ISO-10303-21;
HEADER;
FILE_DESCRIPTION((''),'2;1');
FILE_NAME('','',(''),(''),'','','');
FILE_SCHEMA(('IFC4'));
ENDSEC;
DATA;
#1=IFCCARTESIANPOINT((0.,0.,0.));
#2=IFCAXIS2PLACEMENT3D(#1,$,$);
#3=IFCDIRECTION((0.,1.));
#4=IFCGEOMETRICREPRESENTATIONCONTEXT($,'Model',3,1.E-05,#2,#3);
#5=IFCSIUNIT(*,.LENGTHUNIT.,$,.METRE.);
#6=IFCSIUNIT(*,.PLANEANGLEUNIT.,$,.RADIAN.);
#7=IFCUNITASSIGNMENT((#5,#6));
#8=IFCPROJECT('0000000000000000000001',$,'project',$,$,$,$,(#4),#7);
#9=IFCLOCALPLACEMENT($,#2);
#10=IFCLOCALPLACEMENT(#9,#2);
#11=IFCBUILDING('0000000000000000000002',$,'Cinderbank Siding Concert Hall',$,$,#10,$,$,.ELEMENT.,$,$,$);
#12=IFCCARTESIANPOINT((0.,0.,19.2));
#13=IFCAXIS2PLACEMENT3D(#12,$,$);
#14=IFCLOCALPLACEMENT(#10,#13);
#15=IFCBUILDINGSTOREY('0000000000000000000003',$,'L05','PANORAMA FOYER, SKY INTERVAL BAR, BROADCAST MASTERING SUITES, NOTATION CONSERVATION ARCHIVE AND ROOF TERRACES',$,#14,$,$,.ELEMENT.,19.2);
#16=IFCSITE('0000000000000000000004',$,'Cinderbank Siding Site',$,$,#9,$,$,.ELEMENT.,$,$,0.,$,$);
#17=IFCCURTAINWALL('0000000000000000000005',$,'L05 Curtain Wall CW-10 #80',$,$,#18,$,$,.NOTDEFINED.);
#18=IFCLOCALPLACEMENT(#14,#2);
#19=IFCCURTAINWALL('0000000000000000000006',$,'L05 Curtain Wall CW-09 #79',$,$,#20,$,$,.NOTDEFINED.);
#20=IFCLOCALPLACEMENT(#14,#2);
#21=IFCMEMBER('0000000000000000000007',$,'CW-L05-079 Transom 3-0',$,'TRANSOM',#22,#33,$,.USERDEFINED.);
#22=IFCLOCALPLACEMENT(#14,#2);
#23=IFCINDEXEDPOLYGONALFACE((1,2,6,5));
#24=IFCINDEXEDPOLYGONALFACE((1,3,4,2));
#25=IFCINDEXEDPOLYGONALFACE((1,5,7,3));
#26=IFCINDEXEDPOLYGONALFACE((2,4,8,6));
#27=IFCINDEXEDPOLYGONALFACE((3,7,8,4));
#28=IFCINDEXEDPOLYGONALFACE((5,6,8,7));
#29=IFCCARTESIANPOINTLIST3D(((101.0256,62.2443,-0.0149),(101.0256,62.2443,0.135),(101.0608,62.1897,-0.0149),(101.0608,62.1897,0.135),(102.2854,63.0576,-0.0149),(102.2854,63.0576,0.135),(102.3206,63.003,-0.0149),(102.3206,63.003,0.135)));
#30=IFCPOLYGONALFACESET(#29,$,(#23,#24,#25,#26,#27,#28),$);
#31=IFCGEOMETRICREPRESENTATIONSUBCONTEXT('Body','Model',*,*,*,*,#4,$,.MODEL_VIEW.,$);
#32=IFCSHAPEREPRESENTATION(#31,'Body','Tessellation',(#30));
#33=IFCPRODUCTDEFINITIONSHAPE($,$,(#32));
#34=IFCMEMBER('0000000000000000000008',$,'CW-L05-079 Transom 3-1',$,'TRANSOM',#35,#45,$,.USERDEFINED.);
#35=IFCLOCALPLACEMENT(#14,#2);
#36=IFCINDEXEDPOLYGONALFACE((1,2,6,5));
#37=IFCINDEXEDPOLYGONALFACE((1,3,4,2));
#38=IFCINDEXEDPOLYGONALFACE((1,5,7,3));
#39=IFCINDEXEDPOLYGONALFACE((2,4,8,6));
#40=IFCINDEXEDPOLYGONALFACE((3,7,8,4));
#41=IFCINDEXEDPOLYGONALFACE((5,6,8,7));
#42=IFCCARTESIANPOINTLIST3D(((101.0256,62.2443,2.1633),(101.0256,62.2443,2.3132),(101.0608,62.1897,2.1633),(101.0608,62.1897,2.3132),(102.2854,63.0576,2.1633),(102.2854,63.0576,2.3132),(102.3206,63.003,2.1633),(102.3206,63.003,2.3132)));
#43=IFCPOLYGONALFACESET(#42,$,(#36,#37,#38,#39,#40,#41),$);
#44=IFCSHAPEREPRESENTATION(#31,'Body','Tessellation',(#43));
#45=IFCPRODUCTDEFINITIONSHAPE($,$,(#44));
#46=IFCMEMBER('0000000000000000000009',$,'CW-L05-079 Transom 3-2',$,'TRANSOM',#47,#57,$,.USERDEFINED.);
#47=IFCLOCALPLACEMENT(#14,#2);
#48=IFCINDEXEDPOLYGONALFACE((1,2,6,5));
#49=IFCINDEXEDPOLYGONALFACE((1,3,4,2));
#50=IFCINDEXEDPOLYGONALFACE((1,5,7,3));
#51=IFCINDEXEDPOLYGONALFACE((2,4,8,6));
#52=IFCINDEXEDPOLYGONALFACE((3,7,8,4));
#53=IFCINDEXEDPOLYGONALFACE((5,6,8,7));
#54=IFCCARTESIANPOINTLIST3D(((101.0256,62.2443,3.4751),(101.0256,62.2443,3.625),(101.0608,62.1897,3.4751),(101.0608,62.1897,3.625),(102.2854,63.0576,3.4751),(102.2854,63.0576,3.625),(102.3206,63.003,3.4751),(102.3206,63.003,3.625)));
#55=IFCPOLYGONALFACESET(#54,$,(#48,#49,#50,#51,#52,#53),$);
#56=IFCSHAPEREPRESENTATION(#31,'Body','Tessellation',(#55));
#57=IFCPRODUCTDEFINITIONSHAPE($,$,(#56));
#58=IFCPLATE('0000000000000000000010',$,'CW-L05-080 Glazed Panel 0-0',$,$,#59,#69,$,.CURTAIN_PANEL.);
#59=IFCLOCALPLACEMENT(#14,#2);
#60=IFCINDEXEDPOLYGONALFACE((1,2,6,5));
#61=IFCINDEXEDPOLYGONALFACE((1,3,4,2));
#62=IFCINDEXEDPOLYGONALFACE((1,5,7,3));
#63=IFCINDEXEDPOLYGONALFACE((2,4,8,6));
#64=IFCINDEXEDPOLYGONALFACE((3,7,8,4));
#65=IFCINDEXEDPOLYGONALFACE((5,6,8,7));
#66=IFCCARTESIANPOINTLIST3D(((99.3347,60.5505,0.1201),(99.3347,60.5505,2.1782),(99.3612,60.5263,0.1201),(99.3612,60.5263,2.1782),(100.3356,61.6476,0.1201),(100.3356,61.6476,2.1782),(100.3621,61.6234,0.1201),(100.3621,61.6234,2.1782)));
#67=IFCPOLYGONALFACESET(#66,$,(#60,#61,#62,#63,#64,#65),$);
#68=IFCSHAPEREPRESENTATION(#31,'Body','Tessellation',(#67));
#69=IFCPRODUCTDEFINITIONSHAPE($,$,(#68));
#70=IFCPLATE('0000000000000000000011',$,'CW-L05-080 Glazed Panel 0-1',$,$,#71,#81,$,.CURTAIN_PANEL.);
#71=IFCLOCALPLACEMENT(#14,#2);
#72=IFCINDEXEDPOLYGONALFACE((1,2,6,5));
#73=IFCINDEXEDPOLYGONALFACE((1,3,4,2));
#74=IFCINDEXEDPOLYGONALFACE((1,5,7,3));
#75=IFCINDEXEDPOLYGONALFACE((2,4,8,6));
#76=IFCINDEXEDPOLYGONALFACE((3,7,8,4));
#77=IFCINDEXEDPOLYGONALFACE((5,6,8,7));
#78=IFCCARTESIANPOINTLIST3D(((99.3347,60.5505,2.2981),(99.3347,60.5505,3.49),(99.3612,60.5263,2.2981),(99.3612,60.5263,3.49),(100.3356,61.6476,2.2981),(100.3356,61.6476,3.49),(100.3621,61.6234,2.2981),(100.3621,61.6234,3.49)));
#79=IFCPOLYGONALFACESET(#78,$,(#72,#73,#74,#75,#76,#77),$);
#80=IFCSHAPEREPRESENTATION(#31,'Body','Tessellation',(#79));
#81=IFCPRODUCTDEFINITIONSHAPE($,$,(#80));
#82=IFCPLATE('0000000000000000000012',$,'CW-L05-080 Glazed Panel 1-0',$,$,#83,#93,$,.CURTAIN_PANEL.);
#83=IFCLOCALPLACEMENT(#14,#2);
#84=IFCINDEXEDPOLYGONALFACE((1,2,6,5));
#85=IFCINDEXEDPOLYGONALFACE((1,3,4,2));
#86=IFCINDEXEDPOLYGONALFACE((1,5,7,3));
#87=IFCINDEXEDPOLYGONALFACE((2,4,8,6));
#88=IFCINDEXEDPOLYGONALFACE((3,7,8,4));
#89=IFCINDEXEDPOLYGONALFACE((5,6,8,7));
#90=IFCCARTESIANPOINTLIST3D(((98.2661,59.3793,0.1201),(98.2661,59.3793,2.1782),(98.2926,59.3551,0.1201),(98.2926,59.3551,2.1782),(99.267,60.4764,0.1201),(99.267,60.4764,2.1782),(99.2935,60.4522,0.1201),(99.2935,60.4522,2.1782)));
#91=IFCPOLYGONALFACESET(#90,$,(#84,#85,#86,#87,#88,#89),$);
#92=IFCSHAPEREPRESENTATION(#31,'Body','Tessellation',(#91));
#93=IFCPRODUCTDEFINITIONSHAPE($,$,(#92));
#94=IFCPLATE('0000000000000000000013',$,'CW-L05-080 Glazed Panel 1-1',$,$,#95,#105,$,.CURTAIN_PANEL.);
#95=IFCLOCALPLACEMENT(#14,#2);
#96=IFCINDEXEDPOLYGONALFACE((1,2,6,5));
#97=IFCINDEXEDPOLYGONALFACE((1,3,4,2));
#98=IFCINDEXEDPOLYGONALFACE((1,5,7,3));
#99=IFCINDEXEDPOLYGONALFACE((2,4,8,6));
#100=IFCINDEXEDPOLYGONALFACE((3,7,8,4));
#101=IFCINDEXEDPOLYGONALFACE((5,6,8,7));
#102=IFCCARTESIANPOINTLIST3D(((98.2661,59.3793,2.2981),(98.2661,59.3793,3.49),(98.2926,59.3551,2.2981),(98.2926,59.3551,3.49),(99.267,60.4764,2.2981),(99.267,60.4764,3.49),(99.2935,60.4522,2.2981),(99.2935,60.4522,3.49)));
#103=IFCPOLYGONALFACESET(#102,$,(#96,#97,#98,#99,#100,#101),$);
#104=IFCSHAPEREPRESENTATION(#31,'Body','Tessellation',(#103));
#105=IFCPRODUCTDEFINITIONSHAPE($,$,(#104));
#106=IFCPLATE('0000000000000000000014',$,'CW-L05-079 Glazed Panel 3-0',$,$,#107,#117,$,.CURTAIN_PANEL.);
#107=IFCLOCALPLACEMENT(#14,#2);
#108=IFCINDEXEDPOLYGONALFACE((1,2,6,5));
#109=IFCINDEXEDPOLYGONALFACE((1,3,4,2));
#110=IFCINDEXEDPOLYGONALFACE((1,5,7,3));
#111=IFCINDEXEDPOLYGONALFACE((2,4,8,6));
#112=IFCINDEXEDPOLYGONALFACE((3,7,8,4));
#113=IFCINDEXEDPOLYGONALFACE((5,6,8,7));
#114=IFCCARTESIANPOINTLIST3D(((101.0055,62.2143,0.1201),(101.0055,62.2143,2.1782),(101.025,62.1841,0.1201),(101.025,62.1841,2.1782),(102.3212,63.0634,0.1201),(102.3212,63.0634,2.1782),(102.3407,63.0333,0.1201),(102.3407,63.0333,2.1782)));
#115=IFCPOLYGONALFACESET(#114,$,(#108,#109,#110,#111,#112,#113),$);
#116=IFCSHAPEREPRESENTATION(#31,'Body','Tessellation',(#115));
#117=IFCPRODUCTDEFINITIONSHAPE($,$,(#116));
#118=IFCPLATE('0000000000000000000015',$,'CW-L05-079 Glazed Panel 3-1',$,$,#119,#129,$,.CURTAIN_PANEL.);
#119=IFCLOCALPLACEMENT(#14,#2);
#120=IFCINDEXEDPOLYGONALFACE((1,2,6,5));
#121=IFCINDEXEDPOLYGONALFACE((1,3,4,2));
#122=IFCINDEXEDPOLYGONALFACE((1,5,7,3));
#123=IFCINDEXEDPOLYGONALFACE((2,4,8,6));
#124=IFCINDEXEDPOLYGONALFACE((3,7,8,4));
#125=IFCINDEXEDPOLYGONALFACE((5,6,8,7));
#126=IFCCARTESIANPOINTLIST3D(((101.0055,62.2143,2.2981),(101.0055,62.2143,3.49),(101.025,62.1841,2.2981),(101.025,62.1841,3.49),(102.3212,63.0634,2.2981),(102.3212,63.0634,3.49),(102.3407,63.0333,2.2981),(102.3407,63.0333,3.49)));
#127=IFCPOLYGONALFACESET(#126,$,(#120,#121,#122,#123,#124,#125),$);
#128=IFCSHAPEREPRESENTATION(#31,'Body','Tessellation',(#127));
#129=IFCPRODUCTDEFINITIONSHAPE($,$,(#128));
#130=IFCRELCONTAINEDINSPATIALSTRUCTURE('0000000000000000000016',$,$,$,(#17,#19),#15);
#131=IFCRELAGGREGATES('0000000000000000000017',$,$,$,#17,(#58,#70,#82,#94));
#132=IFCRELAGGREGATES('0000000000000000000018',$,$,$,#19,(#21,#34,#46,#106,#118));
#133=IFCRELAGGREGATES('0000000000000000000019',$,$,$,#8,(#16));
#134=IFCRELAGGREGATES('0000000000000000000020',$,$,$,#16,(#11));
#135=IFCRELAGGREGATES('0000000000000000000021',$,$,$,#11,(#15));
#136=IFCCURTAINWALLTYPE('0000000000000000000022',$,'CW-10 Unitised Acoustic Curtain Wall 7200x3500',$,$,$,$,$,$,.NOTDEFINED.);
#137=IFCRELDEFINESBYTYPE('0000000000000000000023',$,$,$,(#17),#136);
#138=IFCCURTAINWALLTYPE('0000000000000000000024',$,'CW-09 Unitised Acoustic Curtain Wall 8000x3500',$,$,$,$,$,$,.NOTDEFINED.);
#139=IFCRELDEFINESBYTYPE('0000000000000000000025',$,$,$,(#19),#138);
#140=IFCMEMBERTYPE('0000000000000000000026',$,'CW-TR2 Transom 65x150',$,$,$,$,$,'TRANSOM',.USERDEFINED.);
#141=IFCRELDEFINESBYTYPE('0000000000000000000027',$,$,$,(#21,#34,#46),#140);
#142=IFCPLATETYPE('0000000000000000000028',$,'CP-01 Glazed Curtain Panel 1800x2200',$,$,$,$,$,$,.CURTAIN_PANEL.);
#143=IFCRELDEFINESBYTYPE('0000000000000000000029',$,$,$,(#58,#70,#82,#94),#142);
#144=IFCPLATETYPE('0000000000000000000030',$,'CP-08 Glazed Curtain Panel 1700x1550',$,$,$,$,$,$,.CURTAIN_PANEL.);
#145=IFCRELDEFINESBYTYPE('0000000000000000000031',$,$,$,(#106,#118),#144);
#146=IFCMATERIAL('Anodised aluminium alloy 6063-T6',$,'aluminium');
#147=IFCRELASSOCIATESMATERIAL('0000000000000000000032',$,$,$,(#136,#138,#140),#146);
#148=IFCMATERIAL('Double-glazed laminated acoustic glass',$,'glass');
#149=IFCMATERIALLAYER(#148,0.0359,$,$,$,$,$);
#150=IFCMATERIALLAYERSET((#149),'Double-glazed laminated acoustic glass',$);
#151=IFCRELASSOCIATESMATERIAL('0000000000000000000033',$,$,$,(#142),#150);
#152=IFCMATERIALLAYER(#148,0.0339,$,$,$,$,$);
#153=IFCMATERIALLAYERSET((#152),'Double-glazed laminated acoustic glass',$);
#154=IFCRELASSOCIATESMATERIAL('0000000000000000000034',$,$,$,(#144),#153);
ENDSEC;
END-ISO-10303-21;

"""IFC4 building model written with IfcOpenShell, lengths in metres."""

from ifc_helpers import new_model, si_unit, direction, frame, origin, origin_2d, place, context, subcontext, project, spatial, rectangle, extrude, material, layer, layer_set, material_profile, profile_set, type_object, element, aggregate, save


model = new_model("IFC4")

# Units and contexts
model_context = context("Model", 3, precision=1e-05, world=origin(), true_north=direction((0.0, 1.0)))
body_context = subcontext(model_context, "Body", "Model", "MODEL_VIEW")
ifc_project = project(units=[si_unit("LENGTHUNIT", "METRE"), si_unit("PLANEANGLEUNIT", "RADIAN")], contexts=[model_context])

# Site, building, storey
site_placement = place(None, origin())
site = spatial("IfcSite", under=ifc_project, at=site_placement, Name="Cinderbank Siding Site", CompositionType="ELEMENT", RefElevation=0.0)
building_placement = place(site_placement, origin())
building = spatial("IfcBuilding", under=site, at=building_placement, Name="Cinderbank Siding Concert Hall", CompositionType="ELEMENT")
storey_placement = place(building_placement, frame((0.0, 0.0, 19.2)))
storey = spatial("IfcBuildingStorey", under=building, at=storey_placement, Name="L05", Description="PANORAMA FOYER, SKY INTERVAL BAR, BROADCAST MASTERING SUITES, NOTATION CONSERVATION ARCHIVE AND ROOF TERRACES", CompositionType="ELEMENT", Elevation=19.2)

# Curtain wall
ifc_material_1 = material(Name="Anodised aluminium alloy 6063-T6", Category="aluminium")
curtain_wall_type_1 = type_object("IfcCurtainWallType", Name="CW-10 Unitised Acoustic Curtain Wall 7200x3500", PredefinedType="NOTDEFINED", material=ifc_material_1)
curtain_wall_1_placement = place(storey_placement, origin())
curtain_wall_1 = element("IfcCurtainWall", 1, at=curtain_wall_1_placement, inside=storey, type_object=curtain_wall_type_1, Name="L05 Curtain Wall CW-10 #80", PredefinedType="NOTDEFINED")

# Curtain wall
curtain_wall_type_2 = type_object("IfcCurtainWallType", Name="CW-09 Unitised Acoustic Curtain Wall 8000x3500", PredefinedType="NOTDEFINED", material=ifc_material_1)
curtain_wall_2_placement = place(storey_placement, origin())
curtain_wall_2 = element("IfcCurtainWall", 2, at=curtain_wall_2_placement, inside=storey, type_object=curtain_wall_type_2, Name="L05 Curtain Wall CW-09 #79", PredefinedType="NOTDEFINED")

# Members
ifc_material_profile_1 = material_profile(ifc_material_1, rectangle(XDim=0.0649, YDim=0.1499, at=origin_2d()), Name="ALU-TRAN-65x150", Category="LoadBearing")
ifc_profile_set_1 = profile_set([ifc_material_profile_1], Name="Anodised aluminium alloy 6063-T6")
member_type_1 = type_object("IfcMemberType", Name="CW-TR2 Transom 65x150", ElementType="TRANSOM", PredefinedType="USERDEFINED", material=ifc_profile_set_1)
member_1_placement = place(storey_placement, frame((102.303, 63.0303, 0.0601), z_axis=(-0.840151, -0.542353, 0.0), x_axis=(0.542353, -0.840151, 0.0)))
member_1 = element("IfcMember", 3, at=member_1_placement, type_object=member_type_1, Name="CW-L05-079 Transom 3-0", ObjectType="TRANSOM", PredefinedType="USERDEFINED", context=body_context, shape_type="SweptSolid", body=[
    extrude(rectangle(XDim=0.0649, YDim=0.1499, at=origin_2d()), origin(), (0.0, 0.0, 1.0), 1.4995),
])
member_2_placement = place(storey_placement, frame((102.303, 63.0303, 2.2383), z_axis=(-0.840151, -0.542353, 0.0), x_axis=(0.542353, -0.840151, 0.0)))
member_2 = element("IfcMember", 4, at=member_2_placement, type_object=member_type_1, Name="CW-L05-079 Transom 3-1", ObjectType="TRANSOM", PredefinedType="USERDEFINED", context=body_context, shape_type="SweptSolid", body=[
    extrude(rectangle(XDim=0.0649, YDim=0.1499, at=origin_2d()), origin(), (0.0, 0.0, 1.0), 1.4995),
])
member_3_placement = place(storey_placement, frame((102.303, 63.0303, 3.55), z_axis=(-0.840151, -0.542353, 0.0), x_axis=(0.542353, -0.840151, 0.0)))
member_3 = element("IfcMember", 5, at=member_3_placement, type_object=member_type_1, Name="CW-L05-079 Transom 3-2", ObjectType="TRANSOM", PredefinedType="USERDEFINED", context=body_context, shape_type="SweptSolid", body=[
    extrude(rectangle(XDim=0.0649, YDim=0.1499, at=origin_2d()), origin(), (0.0, 0.0, 1.0), 1.4995),
])

# Plates
ifc_material_2 = material(Name="Double-glazed laminated acoustic glass", Category="glass")
ifc_layer_1 = layer(ifc_material_2, 0.0359)
ifc_layer_set_1 = layer_set([ifc_layer_1], Name="Double-glazed laminated acoustic glass")
plate_type_1 = type_object("IfcPlateType", Name="CP-01 Glazed Curtain Panel 1800x2200", PredefinedType="CURTAIN_PANEL", material=ifc_layer_set_1)
plate_1_placement = place(storey_placement, frame((99.8484, 61.0869, 0.1201), z_axis=(0.0, 0.0, 1.0), x_axis=(-0.673989, -0.738742, 0.0)))
plate_1 = element("IfcPlate", 6, at=plate_1_placement, type_object=plate_type_1, Name="CW-L05-080 Glazed Panel 0-0", PredefinedType="CURTAIN_PANEL", context=body_context, shape_type="SweptSolid", body=[
    extrude(rectangle(XDim=1.4851, YDim=0.0359, at=origin_2d()), origin(), (0.0, 0.0, 1.0), 2.0581),
])
plate_2_placement = place(storey_placement, frame((99.8484, 61.0869, 2.2981), z_axis=(0.0, 0.0, 1.0), x_axis=(-0.673989, -0.738742, 0.0)))
plate_2 = element("IfcPlate", 7, at=plate_2_placement, type_object=plate_type_1, Name="CW-L05-080 Glazed Panel 0-1", PredefinedType="CURTAIN_PANEL", context=body_context, shape_type="SweptSolid", body=[
    extrude(rectangle(XDim=1.4851, YDim=0.0359, at=origin_2d()), origin(), (0.0, 0.0, 1.0), 1.1919),
])
plate_3_placement = place(storey_placement, frame((98.7798, 59.9158, 0.1201), z_axis=(0.0, 0.0, 1.0), x_axis=(-0.673989, -0.738742, 0.0)))
plate_3 = element("IfcPlate", 8, at=plate_3_placement, type_object=plate_type_1, Name="CW-L05-080 Glazed Panel 1-0", PredefinedType="CURTAIN_PANEL", context=body_context, shape_type="SweptSolid", body=[
    extrude(rectangle(XDim=1.4851, YDim=0.0359, at=origin_2d()), origin(), (0.0, 0.0, 1.0), 2.0581),
])
plate_4_placement = place(storey_placement, frame((98.7798, 59.9158, 2.2981), z_axis=(0.0, 0.0, 1.0), x_axis=(-0.673989, -0.738742, 0.0)))
plate_4 = element("IfcPlate", 9, at=plate_4_placement, type_object=plate_type_1, Name="CW-L05-080 Glazed Panel 1-1", PredefinedType="CURTAIN_PANEL", context=body_context, shape_type="SweptSolid", body=[
    extrude(rectangle(XDim=1.4851, YDim=0.0359, at=origin_2d()), origin(), (0.0, 0.0, 1.0), 1.1919),
])
aggregate(curtain_wall_1, [plate_1, plate_2, plate_3, plate_4])
ifc_layer_2 = layer(ifc_material_2, 0.0339)
ifc_layer_set_2 = layer_set([ifc_layer_2], Name="Double-glazed laminated acoustic glass")
plate_type_2 = type_object("IfcPlateType", Name="CP-08 Glazed Curtain Panel 1700x1550", PredefinedType="CURTAIN_PANEL", material=ifc_layer_set_2)
plate_5_placement = place(storey_placement, frame((101.6731, 62.6238, 0.1201), z_axis=(0.0, 0.0, 1.0), x_axis=(-0.840219, -0.542248, 0.0)))
plate_5 = element("IfcPlate", 10, at=plate_5_placement, type_object=plate_type_2, Name="CW-L05-079 Glazed Panel 3-0", PredefinedType="CURTAIN_PANEL", context=body_context, shape_type="SweptSolid", body=[
    extrude(rectangle(XDim=1.5659, YDim=0.0359, at=origin_2d()), origin(), (0.0, 0.0, 1.0), 2.0581),
])
plate_6_placement = place(storey_placement, frame((101.6731, 62.6238, 2.2981), z_axis=(0.0, 0.0, 1.0), x_axis=(-0.840219, -0.542248, 0.0)))
plate_6 = element("IfcPlate", 11, at=plate_6_placement, type_object=plate_type_2, Name="CW-L05-079 Glazed Panel 3-1", PredefinedType="CURTAIN_PANEL", context=body_context, shape_type="SweptSolid", body=[
    extrude(rectangle(XDim=1.5659, YDim=0.0359, at=origin_2d()), origin(), (0.0, 0.0, 1.0), 1.1919),
])
aggregate(curtain_wall_2, [member_1, member_2, member_3, plate_5, plate_6])

save(model, "model.ifc")
